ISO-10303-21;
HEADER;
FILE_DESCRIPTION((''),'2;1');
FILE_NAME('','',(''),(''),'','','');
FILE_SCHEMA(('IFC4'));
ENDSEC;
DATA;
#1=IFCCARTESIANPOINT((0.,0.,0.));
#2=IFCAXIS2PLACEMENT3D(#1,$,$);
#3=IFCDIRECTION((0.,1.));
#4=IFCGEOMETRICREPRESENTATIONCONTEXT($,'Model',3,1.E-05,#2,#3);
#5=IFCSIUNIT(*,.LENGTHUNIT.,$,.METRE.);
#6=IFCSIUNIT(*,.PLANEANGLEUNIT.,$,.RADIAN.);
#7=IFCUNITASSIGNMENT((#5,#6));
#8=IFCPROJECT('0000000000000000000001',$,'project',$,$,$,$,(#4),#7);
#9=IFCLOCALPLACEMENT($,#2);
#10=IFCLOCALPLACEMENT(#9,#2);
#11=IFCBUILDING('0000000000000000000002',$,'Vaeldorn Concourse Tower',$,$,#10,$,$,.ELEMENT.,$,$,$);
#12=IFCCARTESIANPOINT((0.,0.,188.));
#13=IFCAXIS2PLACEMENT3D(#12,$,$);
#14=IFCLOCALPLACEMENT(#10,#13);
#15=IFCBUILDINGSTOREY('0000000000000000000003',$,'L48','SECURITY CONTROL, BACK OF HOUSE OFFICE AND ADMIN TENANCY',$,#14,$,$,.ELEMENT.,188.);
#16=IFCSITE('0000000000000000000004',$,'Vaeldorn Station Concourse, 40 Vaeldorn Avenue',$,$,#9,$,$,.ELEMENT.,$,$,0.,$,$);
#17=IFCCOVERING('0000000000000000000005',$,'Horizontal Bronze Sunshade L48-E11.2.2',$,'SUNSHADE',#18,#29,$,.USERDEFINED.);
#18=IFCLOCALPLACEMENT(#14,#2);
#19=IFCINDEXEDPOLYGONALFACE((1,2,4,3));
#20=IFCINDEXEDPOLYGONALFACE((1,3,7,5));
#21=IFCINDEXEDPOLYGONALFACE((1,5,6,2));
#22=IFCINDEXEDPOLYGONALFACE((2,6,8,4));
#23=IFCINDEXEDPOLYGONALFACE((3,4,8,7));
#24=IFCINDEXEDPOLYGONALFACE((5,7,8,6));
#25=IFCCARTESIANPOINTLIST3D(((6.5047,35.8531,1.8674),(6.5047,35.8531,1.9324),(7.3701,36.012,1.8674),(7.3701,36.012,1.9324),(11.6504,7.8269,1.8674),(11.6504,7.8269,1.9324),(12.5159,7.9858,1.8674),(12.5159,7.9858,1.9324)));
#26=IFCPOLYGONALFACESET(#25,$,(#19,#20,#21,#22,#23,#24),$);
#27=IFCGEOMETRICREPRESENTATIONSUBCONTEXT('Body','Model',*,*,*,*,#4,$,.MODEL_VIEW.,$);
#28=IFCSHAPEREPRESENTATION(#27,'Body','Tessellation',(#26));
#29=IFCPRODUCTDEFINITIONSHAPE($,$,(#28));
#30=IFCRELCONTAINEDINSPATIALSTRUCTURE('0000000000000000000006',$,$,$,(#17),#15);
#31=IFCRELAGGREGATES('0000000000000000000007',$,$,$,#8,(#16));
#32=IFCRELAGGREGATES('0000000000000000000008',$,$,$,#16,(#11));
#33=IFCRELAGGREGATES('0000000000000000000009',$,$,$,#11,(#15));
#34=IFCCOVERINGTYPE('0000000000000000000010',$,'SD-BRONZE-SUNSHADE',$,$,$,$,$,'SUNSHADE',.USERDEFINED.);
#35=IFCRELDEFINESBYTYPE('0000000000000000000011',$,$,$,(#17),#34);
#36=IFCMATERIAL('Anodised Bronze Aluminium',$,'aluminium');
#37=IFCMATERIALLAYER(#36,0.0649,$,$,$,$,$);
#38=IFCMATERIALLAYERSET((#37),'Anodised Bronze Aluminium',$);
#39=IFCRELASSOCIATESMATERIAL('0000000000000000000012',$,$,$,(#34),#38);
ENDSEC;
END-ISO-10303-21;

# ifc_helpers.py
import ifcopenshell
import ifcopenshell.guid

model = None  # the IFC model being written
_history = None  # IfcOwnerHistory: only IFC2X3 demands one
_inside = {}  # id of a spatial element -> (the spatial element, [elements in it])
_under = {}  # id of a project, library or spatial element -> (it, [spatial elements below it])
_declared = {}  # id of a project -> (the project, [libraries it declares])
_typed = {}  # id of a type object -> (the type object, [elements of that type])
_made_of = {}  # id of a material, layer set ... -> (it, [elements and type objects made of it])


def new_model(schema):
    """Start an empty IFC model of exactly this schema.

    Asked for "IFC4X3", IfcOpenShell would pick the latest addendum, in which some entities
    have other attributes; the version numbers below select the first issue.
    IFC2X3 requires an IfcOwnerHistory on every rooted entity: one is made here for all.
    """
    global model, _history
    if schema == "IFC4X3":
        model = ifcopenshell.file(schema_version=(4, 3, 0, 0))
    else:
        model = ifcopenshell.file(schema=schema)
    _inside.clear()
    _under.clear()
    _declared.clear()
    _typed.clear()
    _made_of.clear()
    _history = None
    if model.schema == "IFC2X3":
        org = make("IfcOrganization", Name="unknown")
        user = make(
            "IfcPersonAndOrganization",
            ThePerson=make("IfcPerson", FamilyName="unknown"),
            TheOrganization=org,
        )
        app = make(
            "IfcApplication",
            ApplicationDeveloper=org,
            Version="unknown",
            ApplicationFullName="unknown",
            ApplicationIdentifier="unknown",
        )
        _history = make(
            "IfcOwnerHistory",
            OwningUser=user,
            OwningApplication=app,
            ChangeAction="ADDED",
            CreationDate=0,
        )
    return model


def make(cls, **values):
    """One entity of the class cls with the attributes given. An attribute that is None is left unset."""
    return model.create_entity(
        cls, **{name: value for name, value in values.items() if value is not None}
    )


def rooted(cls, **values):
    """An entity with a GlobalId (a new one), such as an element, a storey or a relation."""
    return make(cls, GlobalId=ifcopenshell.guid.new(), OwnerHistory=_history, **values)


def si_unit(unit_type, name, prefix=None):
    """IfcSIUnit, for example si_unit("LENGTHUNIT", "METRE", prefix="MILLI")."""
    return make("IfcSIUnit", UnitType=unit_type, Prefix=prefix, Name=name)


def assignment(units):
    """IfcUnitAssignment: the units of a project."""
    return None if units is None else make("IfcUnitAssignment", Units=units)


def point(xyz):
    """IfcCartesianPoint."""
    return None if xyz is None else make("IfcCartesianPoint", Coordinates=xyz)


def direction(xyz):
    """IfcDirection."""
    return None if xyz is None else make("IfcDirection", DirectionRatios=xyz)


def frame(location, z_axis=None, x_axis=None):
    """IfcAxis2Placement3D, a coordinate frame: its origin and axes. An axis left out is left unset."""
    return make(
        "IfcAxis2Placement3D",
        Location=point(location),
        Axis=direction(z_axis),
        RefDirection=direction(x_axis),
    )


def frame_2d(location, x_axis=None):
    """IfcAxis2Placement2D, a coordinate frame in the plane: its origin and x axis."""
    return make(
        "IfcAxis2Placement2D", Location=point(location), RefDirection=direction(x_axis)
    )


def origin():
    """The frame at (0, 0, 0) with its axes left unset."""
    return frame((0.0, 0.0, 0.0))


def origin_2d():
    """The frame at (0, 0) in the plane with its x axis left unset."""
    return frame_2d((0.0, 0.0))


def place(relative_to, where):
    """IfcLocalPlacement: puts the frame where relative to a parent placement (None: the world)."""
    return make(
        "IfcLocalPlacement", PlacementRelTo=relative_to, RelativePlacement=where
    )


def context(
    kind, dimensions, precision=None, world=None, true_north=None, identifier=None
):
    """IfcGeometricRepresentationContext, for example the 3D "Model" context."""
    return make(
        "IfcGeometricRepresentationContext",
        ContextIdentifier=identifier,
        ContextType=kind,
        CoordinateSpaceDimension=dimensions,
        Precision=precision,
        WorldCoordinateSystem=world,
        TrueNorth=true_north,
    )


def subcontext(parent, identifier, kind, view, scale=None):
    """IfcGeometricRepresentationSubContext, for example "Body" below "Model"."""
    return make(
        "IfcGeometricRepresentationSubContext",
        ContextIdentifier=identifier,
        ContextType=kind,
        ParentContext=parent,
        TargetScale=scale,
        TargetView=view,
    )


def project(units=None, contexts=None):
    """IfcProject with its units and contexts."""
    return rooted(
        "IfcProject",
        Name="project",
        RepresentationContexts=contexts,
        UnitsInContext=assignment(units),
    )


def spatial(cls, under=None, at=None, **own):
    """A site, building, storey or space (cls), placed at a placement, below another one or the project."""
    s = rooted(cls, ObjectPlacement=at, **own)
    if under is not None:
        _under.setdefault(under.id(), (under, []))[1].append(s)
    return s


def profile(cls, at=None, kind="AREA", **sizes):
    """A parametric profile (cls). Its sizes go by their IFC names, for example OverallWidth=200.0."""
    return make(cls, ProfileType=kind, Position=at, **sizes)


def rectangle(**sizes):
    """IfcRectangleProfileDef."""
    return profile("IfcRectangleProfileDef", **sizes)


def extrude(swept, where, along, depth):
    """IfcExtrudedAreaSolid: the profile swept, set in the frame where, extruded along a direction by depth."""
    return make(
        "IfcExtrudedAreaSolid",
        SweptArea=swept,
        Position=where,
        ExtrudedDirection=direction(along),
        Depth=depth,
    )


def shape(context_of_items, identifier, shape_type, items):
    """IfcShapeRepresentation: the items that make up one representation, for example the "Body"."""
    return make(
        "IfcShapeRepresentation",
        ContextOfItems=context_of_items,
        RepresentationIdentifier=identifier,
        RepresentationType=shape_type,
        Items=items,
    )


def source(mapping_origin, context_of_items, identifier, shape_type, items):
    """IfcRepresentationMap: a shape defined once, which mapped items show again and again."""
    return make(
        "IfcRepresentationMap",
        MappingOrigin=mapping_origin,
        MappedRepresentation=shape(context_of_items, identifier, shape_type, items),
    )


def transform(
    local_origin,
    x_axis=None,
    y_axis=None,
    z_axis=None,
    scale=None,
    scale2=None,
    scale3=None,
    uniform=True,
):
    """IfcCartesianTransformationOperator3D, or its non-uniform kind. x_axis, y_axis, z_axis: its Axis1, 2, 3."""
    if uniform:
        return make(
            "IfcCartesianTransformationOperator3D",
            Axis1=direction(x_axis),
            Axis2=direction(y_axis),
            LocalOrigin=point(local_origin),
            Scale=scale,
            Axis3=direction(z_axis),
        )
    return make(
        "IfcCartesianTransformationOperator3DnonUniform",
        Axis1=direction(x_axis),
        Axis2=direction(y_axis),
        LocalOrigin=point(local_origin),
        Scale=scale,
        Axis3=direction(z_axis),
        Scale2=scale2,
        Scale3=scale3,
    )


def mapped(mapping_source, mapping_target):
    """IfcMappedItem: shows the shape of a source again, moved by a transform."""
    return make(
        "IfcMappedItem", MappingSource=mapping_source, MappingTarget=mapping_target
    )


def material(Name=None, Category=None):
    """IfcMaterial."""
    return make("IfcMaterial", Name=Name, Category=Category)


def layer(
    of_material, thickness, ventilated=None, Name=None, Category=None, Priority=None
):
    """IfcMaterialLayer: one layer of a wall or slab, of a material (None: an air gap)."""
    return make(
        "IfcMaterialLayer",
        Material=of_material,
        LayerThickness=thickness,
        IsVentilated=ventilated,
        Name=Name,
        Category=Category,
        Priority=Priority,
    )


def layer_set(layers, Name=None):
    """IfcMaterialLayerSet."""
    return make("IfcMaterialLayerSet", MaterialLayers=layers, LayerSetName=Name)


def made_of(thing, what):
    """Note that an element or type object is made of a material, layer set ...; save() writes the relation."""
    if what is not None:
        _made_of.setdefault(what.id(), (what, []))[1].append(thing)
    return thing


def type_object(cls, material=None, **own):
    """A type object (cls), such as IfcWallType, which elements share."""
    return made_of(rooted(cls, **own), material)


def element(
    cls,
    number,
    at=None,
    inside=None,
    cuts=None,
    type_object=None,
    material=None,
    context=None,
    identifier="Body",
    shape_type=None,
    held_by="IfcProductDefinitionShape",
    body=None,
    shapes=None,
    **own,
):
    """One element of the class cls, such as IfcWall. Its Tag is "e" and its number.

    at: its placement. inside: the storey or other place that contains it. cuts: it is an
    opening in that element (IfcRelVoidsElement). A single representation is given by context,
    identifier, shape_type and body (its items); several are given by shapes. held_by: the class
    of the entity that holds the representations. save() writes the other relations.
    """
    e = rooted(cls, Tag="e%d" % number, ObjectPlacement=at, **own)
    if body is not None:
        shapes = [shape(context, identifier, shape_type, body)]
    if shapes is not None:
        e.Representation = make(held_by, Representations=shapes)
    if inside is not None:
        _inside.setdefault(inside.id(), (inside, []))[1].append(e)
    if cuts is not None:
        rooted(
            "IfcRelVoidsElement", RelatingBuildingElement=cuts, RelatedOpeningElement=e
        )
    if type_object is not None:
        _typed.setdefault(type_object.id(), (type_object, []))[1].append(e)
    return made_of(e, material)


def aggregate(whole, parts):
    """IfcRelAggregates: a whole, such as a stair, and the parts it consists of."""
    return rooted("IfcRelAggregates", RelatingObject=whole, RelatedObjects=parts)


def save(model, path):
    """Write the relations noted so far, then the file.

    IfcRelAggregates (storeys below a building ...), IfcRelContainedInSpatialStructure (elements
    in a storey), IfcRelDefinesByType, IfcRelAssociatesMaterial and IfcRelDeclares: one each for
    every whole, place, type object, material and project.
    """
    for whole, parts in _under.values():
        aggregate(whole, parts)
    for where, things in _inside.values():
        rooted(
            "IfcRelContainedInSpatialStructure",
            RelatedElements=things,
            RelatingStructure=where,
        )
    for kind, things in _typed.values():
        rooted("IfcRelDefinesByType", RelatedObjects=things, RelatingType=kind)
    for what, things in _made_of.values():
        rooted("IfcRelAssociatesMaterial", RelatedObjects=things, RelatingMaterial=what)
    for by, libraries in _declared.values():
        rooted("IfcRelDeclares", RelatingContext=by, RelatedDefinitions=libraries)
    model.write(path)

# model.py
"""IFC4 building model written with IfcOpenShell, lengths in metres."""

from ifc_helpers import new_model, si_unit, direction, frame, origin, origin_2d, place, context, subcontext, project, spatial, rectangle, extrude, source, transform, mapped, material, layer, layer_set, type_object, element, save


model = new_model("IFC4")

# Units and contexts
model_context = context("Model", 3, precision=1e-05, world=origin(), true_north=direction((0.0, 1.0)))
body_context = subcontext(model_context, "Body", "Model", "MODEL_VIEW")
ifc_project = project(units=[si_unit("LENGTHUNIT", "METRE"), si_unit("PLANEANGLEUNIT", "RADIAN")], contexts=[model_context])

# Site, building, storey
site_placement = place(None, origin())
site = spatial("IfcSite", under=ifc_project, at=site_placement, Name="Vaeldorn Station Concourse, 40 Vaeldorn Avenue", CompositionType="ELEMENT", RefElevation=0.0)
building_placement = place(site_placement, origin())
building = spatial("IfcBuilding", under=site, at=building_placement, Name="Vaeldorn Concourse Tower", CompositionType="ELEMENT")
storey_placement = place(building_placement, frame((0.0, 0.0, 188.0)))
storey = spatial("IfcBuildingStorey", under=building, at=storey_placement, Name="L48", Description="SECURITY CONTROL, BACK OF HOUSE OFFICE AND ADMIN TENANCY", CompositionType="ELEMENT", Elevation=188.0)

# Shared definitions
ifc_material_1 = material(Name="Anodised Bronze Aluminium", Category="aluminium")

# Covering
ifc_layer_1 = layer(ifc_material_1, 0.0649)
ifc_layer_set_1 = layer_set([ifc_layer_1], Name="Anodised Bronze Aluminium")
covering_type = type_object("IfcCoveringType", Name="SD-BRONZE-SUNSHADE", ElementType="SUNSHADE", PredefinedType="USERDEFINED", material=ifc_layer_set_1)
shared_shape_1 = source(origin(), body_context, "Body", "SweptSolid", [
    extrude(rectangle(XDim=28.4946, YDim=0.8799, at=origin_2d()), origin(), (0.0, 0.0, 1.0), 0.0649),
])
for number, where, z_axis, x_axis, name in (
    (1, (9.5103, 21.9194, 1.8674), (0.0, 0.0, 1.0), (0.180588, -0.983559, 0.0), "Horizontal Bronze Sunshade L48-E11.2.2"),
):
    element("IfcCovering", number, at=place(storey_placement, frame(where, z_axis=z_axis, x_axis=x_axis)), inside=storey, type_object=covering_type, Name=name, ObjectType="SUNSHADE", PredefinedType="USERDEFINED", context=body_context, shape_type="MappedRepresentation", body=[
        mapped(shared_shape_1, transform((0.0, 0.0, 0.0), scale=1.0)),
    ])

save(model, "model.ifc")
